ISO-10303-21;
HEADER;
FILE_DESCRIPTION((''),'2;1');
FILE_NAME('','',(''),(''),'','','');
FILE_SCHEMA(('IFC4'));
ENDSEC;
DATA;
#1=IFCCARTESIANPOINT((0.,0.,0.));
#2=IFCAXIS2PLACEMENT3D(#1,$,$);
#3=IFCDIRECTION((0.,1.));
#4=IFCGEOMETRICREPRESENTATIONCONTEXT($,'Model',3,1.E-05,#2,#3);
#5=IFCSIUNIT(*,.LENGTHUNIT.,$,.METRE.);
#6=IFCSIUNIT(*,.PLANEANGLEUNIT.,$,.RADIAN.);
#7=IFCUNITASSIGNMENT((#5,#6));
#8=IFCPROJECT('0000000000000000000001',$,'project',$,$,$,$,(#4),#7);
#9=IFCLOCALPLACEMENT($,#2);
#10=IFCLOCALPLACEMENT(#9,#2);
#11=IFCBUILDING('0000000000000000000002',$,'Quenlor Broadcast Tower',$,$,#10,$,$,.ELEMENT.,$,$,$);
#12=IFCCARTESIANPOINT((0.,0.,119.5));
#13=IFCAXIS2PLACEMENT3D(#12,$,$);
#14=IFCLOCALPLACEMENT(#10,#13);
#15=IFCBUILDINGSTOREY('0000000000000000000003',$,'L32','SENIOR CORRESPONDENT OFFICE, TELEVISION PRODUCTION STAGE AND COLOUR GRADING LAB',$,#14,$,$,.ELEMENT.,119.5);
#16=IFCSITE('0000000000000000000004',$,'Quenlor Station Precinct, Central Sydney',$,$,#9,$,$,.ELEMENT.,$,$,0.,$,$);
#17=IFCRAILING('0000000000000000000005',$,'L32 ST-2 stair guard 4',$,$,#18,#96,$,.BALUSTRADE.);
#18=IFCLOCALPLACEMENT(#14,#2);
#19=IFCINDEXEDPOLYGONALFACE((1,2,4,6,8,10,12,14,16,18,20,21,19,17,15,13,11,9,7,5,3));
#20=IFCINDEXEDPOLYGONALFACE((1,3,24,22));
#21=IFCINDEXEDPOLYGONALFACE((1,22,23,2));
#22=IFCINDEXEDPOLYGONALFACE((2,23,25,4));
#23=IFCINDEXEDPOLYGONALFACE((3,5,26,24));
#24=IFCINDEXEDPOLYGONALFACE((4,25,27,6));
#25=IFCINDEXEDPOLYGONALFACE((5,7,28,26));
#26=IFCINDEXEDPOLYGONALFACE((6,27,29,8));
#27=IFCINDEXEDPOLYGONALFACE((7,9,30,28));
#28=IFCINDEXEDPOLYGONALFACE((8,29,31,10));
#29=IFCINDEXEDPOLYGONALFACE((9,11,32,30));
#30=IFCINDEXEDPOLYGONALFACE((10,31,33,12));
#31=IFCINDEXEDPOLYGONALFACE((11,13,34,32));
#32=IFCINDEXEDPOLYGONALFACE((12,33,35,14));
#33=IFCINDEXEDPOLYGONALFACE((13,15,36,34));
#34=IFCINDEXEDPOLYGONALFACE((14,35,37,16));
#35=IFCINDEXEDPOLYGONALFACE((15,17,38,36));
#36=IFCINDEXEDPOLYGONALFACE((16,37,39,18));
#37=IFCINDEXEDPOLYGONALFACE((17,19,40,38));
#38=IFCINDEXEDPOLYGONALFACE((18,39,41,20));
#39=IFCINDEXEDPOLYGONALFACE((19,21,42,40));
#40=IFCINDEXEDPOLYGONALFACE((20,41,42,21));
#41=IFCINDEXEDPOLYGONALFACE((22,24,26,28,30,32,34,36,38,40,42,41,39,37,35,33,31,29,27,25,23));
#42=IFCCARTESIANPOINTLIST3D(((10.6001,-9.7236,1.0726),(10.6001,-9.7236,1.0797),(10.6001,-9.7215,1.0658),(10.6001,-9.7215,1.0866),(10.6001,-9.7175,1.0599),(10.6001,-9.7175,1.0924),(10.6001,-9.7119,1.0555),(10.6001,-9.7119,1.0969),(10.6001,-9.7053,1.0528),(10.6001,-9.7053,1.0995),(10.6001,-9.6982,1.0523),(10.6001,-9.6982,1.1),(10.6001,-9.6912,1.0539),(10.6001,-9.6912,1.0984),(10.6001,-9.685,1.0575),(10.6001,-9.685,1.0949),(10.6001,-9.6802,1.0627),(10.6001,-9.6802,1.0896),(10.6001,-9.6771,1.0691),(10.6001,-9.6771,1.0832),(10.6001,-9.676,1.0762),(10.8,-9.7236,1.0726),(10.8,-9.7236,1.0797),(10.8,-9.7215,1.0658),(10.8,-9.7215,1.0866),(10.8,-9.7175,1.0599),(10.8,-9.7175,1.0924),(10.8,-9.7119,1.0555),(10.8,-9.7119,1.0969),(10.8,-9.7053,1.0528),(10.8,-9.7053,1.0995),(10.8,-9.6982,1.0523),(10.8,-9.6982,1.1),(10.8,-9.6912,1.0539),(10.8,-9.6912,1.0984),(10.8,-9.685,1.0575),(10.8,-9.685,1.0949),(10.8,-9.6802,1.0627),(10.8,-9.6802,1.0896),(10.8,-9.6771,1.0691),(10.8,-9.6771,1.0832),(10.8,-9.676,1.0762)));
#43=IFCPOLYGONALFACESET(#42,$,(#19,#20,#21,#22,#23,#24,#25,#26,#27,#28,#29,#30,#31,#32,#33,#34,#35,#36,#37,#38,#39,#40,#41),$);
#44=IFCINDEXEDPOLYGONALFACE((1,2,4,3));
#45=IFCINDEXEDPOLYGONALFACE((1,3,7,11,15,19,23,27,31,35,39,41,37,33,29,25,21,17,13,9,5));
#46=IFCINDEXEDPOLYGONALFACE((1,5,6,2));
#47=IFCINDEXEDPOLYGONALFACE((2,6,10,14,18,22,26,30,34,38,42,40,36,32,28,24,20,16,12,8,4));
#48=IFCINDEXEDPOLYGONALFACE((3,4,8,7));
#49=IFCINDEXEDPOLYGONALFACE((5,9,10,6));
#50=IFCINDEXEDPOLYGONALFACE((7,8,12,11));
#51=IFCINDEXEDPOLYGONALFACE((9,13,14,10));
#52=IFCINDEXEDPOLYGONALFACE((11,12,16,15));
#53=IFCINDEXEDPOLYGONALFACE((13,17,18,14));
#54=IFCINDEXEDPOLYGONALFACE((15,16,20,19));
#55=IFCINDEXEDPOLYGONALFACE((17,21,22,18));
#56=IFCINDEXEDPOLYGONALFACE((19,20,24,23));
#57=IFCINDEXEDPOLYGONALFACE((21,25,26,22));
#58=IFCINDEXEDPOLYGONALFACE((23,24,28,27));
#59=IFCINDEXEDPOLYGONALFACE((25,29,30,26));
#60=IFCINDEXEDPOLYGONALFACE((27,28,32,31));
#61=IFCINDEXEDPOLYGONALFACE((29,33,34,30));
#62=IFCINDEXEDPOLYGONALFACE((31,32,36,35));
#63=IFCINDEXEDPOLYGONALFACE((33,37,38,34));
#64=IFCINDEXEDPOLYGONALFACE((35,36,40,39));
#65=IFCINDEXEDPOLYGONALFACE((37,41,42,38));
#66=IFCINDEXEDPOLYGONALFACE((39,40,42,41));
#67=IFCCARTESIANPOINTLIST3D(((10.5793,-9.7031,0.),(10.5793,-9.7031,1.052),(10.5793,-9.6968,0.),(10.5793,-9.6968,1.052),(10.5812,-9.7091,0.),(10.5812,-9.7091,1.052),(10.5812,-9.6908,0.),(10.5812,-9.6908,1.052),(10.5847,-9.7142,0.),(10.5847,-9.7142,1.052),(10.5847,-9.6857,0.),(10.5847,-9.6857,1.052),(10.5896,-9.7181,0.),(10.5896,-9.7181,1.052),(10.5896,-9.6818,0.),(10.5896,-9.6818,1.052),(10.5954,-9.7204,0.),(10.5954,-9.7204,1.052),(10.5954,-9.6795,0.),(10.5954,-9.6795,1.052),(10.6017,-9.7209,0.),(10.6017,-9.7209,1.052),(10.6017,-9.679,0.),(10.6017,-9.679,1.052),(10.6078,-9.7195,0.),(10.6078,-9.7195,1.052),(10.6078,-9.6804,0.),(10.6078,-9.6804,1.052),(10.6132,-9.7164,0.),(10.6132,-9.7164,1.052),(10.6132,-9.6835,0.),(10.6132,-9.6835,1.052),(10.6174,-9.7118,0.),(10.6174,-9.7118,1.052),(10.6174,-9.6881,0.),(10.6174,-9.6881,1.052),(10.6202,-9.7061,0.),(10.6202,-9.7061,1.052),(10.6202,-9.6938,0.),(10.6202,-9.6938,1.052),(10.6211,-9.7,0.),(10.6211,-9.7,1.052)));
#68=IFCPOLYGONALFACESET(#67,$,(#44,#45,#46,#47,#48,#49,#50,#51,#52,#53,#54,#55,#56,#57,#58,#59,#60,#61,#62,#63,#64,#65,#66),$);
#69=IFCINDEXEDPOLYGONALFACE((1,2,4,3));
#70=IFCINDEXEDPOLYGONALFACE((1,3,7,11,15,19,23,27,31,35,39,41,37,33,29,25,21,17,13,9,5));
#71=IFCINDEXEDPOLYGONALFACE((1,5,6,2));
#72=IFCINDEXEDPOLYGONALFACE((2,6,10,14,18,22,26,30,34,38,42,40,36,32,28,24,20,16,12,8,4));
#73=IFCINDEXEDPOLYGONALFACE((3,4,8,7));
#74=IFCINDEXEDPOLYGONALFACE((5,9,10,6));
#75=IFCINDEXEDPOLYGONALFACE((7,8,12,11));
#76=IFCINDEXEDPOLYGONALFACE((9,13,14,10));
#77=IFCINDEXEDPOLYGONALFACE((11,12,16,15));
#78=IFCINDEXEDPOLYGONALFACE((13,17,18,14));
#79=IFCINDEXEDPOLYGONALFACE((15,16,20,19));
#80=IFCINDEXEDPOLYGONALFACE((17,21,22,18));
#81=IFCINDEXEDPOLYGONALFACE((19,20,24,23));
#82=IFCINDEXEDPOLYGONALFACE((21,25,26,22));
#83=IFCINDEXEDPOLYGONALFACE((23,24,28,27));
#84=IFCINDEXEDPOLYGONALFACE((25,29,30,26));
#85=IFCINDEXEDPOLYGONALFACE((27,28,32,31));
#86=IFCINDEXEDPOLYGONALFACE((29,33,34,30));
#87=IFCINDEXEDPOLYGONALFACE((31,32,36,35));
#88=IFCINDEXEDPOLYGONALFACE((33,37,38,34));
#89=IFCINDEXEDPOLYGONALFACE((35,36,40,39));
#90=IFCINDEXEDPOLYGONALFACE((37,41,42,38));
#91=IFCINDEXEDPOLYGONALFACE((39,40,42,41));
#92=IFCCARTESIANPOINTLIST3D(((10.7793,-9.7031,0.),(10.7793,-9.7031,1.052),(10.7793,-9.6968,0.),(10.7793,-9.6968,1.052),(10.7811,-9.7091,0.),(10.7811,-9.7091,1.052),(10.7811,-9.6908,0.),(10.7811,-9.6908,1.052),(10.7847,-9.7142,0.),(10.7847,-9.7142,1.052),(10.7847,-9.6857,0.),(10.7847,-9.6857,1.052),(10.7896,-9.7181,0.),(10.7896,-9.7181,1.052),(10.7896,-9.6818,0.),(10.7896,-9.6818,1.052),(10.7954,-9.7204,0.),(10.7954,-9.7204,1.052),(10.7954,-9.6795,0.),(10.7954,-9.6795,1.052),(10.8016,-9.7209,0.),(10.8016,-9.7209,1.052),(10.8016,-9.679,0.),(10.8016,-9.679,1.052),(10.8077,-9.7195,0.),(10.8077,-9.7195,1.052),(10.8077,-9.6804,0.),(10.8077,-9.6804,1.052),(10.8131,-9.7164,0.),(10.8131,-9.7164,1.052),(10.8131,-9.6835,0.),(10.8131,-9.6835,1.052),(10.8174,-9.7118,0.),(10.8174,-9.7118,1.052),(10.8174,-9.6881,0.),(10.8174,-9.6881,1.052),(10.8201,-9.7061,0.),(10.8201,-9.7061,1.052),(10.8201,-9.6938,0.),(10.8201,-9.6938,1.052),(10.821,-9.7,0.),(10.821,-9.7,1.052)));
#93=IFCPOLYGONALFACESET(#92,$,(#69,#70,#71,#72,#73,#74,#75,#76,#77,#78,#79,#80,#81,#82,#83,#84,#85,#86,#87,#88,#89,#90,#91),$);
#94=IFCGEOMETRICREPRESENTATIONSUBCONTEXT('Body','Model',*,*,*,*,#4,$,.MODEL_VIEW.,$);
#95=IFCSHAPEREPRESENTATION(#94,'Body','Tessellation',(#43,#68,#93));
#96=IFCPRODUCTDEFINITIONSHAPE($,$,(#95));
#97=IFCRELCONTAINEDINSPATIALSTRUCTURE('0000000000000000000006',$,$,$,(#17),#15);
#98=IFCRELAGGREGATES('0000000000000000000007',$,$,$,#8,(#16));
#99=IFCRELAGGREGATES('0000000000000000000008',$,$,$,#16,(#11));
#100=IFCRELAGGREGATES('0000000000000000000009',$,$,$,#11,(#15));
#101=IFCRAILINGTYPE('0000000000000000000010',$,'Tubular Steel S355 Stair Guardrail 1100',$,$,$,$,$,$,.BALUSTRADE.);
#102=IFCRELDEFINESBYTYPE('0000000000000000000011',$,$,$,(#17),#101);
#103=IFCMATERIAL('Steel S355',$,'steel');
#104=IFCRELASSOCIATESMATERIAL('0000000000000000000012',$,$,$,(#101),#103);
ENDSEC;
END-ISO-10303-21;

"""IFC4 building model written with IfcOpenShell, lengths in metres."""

from ifc_helpers import new_model, si_unit, direction, frame, origin, origin_2d, place, context, subcontext, project, spatial, circle, extrude, material, type_object, element, save


model = new_model("IFC4")

# Units and contexts
model_context = context("Model", 3, precision=1e-05, world=origin(), true_north=direction((0.0, 1.0)))
body_context = subcontext(model_context, "Body", "Model", "MODEL_VIEW")
ifc_project = project(units=[si_unit("LENGTHUNIT", "METRE"), si_unit("PLANEANGLEUNIT", "RADIAN")], contexts=[model_context])

# Site, building, storey
site_placement = place(None, origin())
site = spatial("IfcSite", under=ifc_project, at=site_placement, Name="Quenlor Station Precinct, Central Sydney", CompositionType="ELEMENT", RefElevation=0.0)
building_placement = place(site_placement, origin())
building = spatial("IfcBuilding", under=site, at=building_placement, Name="Quenlor Broadcast Tower", CompositionType="ELEMENT")
storey_placement = place(building_placement, frame((0.0, 0.0, 119.5)))
storey = spatial("IfcBuildingStorey", under=building, at=storey_placement, Name="L32", Description="SENIOR CORRESPONDENT OFFICE, TELEVISION PRODUCTION STAGE AND COLOUR GRADING LAB", CompositionType="ELEMENT", Elevation=119.5)

# Railing
ifc_material_1 = material(Name="Steel S355", Category="steel")
railing_type_1 = type_object("IfcRailingType", Name="Tubular Steel S355 Stair Guardrail 1100", PredefinedType="BALUSTRADE", material=ifc_material_1)
railing_1_placement = place(storey_placement, frame((10.6001, -9.7, 0.0)))
element("IfcRailing", 1, at=railing_1_placement, inside=storey, type_object=railing_type_1, Name="L32 ST-2 stair guard 4", PredefinedType="BALUSTRADE", context=body_context, shape_type="SweptSolid", body=[
    extrude(circle(Radius=0.0239, at=origin_2d()), frame((0.0, 0.0, 1.0762), z_axis=(1.0, 0.0, 0.0), x_axis=(0.0, 1.0, 0.0)), (0.0, 0.0, 1.0), 0.2),
    extrude(circle(Radius=0.021, at=origin_2d()), origin(), (0.0, 0.0, 1.0), 1.052),
    extrude(circle(Radius=0.021, at=origin_2d()), frame((0.2, 0.0, 0.0)), (0.0, 0.0, 1.0), 1.052),
])

save(model, "model.ifc")
